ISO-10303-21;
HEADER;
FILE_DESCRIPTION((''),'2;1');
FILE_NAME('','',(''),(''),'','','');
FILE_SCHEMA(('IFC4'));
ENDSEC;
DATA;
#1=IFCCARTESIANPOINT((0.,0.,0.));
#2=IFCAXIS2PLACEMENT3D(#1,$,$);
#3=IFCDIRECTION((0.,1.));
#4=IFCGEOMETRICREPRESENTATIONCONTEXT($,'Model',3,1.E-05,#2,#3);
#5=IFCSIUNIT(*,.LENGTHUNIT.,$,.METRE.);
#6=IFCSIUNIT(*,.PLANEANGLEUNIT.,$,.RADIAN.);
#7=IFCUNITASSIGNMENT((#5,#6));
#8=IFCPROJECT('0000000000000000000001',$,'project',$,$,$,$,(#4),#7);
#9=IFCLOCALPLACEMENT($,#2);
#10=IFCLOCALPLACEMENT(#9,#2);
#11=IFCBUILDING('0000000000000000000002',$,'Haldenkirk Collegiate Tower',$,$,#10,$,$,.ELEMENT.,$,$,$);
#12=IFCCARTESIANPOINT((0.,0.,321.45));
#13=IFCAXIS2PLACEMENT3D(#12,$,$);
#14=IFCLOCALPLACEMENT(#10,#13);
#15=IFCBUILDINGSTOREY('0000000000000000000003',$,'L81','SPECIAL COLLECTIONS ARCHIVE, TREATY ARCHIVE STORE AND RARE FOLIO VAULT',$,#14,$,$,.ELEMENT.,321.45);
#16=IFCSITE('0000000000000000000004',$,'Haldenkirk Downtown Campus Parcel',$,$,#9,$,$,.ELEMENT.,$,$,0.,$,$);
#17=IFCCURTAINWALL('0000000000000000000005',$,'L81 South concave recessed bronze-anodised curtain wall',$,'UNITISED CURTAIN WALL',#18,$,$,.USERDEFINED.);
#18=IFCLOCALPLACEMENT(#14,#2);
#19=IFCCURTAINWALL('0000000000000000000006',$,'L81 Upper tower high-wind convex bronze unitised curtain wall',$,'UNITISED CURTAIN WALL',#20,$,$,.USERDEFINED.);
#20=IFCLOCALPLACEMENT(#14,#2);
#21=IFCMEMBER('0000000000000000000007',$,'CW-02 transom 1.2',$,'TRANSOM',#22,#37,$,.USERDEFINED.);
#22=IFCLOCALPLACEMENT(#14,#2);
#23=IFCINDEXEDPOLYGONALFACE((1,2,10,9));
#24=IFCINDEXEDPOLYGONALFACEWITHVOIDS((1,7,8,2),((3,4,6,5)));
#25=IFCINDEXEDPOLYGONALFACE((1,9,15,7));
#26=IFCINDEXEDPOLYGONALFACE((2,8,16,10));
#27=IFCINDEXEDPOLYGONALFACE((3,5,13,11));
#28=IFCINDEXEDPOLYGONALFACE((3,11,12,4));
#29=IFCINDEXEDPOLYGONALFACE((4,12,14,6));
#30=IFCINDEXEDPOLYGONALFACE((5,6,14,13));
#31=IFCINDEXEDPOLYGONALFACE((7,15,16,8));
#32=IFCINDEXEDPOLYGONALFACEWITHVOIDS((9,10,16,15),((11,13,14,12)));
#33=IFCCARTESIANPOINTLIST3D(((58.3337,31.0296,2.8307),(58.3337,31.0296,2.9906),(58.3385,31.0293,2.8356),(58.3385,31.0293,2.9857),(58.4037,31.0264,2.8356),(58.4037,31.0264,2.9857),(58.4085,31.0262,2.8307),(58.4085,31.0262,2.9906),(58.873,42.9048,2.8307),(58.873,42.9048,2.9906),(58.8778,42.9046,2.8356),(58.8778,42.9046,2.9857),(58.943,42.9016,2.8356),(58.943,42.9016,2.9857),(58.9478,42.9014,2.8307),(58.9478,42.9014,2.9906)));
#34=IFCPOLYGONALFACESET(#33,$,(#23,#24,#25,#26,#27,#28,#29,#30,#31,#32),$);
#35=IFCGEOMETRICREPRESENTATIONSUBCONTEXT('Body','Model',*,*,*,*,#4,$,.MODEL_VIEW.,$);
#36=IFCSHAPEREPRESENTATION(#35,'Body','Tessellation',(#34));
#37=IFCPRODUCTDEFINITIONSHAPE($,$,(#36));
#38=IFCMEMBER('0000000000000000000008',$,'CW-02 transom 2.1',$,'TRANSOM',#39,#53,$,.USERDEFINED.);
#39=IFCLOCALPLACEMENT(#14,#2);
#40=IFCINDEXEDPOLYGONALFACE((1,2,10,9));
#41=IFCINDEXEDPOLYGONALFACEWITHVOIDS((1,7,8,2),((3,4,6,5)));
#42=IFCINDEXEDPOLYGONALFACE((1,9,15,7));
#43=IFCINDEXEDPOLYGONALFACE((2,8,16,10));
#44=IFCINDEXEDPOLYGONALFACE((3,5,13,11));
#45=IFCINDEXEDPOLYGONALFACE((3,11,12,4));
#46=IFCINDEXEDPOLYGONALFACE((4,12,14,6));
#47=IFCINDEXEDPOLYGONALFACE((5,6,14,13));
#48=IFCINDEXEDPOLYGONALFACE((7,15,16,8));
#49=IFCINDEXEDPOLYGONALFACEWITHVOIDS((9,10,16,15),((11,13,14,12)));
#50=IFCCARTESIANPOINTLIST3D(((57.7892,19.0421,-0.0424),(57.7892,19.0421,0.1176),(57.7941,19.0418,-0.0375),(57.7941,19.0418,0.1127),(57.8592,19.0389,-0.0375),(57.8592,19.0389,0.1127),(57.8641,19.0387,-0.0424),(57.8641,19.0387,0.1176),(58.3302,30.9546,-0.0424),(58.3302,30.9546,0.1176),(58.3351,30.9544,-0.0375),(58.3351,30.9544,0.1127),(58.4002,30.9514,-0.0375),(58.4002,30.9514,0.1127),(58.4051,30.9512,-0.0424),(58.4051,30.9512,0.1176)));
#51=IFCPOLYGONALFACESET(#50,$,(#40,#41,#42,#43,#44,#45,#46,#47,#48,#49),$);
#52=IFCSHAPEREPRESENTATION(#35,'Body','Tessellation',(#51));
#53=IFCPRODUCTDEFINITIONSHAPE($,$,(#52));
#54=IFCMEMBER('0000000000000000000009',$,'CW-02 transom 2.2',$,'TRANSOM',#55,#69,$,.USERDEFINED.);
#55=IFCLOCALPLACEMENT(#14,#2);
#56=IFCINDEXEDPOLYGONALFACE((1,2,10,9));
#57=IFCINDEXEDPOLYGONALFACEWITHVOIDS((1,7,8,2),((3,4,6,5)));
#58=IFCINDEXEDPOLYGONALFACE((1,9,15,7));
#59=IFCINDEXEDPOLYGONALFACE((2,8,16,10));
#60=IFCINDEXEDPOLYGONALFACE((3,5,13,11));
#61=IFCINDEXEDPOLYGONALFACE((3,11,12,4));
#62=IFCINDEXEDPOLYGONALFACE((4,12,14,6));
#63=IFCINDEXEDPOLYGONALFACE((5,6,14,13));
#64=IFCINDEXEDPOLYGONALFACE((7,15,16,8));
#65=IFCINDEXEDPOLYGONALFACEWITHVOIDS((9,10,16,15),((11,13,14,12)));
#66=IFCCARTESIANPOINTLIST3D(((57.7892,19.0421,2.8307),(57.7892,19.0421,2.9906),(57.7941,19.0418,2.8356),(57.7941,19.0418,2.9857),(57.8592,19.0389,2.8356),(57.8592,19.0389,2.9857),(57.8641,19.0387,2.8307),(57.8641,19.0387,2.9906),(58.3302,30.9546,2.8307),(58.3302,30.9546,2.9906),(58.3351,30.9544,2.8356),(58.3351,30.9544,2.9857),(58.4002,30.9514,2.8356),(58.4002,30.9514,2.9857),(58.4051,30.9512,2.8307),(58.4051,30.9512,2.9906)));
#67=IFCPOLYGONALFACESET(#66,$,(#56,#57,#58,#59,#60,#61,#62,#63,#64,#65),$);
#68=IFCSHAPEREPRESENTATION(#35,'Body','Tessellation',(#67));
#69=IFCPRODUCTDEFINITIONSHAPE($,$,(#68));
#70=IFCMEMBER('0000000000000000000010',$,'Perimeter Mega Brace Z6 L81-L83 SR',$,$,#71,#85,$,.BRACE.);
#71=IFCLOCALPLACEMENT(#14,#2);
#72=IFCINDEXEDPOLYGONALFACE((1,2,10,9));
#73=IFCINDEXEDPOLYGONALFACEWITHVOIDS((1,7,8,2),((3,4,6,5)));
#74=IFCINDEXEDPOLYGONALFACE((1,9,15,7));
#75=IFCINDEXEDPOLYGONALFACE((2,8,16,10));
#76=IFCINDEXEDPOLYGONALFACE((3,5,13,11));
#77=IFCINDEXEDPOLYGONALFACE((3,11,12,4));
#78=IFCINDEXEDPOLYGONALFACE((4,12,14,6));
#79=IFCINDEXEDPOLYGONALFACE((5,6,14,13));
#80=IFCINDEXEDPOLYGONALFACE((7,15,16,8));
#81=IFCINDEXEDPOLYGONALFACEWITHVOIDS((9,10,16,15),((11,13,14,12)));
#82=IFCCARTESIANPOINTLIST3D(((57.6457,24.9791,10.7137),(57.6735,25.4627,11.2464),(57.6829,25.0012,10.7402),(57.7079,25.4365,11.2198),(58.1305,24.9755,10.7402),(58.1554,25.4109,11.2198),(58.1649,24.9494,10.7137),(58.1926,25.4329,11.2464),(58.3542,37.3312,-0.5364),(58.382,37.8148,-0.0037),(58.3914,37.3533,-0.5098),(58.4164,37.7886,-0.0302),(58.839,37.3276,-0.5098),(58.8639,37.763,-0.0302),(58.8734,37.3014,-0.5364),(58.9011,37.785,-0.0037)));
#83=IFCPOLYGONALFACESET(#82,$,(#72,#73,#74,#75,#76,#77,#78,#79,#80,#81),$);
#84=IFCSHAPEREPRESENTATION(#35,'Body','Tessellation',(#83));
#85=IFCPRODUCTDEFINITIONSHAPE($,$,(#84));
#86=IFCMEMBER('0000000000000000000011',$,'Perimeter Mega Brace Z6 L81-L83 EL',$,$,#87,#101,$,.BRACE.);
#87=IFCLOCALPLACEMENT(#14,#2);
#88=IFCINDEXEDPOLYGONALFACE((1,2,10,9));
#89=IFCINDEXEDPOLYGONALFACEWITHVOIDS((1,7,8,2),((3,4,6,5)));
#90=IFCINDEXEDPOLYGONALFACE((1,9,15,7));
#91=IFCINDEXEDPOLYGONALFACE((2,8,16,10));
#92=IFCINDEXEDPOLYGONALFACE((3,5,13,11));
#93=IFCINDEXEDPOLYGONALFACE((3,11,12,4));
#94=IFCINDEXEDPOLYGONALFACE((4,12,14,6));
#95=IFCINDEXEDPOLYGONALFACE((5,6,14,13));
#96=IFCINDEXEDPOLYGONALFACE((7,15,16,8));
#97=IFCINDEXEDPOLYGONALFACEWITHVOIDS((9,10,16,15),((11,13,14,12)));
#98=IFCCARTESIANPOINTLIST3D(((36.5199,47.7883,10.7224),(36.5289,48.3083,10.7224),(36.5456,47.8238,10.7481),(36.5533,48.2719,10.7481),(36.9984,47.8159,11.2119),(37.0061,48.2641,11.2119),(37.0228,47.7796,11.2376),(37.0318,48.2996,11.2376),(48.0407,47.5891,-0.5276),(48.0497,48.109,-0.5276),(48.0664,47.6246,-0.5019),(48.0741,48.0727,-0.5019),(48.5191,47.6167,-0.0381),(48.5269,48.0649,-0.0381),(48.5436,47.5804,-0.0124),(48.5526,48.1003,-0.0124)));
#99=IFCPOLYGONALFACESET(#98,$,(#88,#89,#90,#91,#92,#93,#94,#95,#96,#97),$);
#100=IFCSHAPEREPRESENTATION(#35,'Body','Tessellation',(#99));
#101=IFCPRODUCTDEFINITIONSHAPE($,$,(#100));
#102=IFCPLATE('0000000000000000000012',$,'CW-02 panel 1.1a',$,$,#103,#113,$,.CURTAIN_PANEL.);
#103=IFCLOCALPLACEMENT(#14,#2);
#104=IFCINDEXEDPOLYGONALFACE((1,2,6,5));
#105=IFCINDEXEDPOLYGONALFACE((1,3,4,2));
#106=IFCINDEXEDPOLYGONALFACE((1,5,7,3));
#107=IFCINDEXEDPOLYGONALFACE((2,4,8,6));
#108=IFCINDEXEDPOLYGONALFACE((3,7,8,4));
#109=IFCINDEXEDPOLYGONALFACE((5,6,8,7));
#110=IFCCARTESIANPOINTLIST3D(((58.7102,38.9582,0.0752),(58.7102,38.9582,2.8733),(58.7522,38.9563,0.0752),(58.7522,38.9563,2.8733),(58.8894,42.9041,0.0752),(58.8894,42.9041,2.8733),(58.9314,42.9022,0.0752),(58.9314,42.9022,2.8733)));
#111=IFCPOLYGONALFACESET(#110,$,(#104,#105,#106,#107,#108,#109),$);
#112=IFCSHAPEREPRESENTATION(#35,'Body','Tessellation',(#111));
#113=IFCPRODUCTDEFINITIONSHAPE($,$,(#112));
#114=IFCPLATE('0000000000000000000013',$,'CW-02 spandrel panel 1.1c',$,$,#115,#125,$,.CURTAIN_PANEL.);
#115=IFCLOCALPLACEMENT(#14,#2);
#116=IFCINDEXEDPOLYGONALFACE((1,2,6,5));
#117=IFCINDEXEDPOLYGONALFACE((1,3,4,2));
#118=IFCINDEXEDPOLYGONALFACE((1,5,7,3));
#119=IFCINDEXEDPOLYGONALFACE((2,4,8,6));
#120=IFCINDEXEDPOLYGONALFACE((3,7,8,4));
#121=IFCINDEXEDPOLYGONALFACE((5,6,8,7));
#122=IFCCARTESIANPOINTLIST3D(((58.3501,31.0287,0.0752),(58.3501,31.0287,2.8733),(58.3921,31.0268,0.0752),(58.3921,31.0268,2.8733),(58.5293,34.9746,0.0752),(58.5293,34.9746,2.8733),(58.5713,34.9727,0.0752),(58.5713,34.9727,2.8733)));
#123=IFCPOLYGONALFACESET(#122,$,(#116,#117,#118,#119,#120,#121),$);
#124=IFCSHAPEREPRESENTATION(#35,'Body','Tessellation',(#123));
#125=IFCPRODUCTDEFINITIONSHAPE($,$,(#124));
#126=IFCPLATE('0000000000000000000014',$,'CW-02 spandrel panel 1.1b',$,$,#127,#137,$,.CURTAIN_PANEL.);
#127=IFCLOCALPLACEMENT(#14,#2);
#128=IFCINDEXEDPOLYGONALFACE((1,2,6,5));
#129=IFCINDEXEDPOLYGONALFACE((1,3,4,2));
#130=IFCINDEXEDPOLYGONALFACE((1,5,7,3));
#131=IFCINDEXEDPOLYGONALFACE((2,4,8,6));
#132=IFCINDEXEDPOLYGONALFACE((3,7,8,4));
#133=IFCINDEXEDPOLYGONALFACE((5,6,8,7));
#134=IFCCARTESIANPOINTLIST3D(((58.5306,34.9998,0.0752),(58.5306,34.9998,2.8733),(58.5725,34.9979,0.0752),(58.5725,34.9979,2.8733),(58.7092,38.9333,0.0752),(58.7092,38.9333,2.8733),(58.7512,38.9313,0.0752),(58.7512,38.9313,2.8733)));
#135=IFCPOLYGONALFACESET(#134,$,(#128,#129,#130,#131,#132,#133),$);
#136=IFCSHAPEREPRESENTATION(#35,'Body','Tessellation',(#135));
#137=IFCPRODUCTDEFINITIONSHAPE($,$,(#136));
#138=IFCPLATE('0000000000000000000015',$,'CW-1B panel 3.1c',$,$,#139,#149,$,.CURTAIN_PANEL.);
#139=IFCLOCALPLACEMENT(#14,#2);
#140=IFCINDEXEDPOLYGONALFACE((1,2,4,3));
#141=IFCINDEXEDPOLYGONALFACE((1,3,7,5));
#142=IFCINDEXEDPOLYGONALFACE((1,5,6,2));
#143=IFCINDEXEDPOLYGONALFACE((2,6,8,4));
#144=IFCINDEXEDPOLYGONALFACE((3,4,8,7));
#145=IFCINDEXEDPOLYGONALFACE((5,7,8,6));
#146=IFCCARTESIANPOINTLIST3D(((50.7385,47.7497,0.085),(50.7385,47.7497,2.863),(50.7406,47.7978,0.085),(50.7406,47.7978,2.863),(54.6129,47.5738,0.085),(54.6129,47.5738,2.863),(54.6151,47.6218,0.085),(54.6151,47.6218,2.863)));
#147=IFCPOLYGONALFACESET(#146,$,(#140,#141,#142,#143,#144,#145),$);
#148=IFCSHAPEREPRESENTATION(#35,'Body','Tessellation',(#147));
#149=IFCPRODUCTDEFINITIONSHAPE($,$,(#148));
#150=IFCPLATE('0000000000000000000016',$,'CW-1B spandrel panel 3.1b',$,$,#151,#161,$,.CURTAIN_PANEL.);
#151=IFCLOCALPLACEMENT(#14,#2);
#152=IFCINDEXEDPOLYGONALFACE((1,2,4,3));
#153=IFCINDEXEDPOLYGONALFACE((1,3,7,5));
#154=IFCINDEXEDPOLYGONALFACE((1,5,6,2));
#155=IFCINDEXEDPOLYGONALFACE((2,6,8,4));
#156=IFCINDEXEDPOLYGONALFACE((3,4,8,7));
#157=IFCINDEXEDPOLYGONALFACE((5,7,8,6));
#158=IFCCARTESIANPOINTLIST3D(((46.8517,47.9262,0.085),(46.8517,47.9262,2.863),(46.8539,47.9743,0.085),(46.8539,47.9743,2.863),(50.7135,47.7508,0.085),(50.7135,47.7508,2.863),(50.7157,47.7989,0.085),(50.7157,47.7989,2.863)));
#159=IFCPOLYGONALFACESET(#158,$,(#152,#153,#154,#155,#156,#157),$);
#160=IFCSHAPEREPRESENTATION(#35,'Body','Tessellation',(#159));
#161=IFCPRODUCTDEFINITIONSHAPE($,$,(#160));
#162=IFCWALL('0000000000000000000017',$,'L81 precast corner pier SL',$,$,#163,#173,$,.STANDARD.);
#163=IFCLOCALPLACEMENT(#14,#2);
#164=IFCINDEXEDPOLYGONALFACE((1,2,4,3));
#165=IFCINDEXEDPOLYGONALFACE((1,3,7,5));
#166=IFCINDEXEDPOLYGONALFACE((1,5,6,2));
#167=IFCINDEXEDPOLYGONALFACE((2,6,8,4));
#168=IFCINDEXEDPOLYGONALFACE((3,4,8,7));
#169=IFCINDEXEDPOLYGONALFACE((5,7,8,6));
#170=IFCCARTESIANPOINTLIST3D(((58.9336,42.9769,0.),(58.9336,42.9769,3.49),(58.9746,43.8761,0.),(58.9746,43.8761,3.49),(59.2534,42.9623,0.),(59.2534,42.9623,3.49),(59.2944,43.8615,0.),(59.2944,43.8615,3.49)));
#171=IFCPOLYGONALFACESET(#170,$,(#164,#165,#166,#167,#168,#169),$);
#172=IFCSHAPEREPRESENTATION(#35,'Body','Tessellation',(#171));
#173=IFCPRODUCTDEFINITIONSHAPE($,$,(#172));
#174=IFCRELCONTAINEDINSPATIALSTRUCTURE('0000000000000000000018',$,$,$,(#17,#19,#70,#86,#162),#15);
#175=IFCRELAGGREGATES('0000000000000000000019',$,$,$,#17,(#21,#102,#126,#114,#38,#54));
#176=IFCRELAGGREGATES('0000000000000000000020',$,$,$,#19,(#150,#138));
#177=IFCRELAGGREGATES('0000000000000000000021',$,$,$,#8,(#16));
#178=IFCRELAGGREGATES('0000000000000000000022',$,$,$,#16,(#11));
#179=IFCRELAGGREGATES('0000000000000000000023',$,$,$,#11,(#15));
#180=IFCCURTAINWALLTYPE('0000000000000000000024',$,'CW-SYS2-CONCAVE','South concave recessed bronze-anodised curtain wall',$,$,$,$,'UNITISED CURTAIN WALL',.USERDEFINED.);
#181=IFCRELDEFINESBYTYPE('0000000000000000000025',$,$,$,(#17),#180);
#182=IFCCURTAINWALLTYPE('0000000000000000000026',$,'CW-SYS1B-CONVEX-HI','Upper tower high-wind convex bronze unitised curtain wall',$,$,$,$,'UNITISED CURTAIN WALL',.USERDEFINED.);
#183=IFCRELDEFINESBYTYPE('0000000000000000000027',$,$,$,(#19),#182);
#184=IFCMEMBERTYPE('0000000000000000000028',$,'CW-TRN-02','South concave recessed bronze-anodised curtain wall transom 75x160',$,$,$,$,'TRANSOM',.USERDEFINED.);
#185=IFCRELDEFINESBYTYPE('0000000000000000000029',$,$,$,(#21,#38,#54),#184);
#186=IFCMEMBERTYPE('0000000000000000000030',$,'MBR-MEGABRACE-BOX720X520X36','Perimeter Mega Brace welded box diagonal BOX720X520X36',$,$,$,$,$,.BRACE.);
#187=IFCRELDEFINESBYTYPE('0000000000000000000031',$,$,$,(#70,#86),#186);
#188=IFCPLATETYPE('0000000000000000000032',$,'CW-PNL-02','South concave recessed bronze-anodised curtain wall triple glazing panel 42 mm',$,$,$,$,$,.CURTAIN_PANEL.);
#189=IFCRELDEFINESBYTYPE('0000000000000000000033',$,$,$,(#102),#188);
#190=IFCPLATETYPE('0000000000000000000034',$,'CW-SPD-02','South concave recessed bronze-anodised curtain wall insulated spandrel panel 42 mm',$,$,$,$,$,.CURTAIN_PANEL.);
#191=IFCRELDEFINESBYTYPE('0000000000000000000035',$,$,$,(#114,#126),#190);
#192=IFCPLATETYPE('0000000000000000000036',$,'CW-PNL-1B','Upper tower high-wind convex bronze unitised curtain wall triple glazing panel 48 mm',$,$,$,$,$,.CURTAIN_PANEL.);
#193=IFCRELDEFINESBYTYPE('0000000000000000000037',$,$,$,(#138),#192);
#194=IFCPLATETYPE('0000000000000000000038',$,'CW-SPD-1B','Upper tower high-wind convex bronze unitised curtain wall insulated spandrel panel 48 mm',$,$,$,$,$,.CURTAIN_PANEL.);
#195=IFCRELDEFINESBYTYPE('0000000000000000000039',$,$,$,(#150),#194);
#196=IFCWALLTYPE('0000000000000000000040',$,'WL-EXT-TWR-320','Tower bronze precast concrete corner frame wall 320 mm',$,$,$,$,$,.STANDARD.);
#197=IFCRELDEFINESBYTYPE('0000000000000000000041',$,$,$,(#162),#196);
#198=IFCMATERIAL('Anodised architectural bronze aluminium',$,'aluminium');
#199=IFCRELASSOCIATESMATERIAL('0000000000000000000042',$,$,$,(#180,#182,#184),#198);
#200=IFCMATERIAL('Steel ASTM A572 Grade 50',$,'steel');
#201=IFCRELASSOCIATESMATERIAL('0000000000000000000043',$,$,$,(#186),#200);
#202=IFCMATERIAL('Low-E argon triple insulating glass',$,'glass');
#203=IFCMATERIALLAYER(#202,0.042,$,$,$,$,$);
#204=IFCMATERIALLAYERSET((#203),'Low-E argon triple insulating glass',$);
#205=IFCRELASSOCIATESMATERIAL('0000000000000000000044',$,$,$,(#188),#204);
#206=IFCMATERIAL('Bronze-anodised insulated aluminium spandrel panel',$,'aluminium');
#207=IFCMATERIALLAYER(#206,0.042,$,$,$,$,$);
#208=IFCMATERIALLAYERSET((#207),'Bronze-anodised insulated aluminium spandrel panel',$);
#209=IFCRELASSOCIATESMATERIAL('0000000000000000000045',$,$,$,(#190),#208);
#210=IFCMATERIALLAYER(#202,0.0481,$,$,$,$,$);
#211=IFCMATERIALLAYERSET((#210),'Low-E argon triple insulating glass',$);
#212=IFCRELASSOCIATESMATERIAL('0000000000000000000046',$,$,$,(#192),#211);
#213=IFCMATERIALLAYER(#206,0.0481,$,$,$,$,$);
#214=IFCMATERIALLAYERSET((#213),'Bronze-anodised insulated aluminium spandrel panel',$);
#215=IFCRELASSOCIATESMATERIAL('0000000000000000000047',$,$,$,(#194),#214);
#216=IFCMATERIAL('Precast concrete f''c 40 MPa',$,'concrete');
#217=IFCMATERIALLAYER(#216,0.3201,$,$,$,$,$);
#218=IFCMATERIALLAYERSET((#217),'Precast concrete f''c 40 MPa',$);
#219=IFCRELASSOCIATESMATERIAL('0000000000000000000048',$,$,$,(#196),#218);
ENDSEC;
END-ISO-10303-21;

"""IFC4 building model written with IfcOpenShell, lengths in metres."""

from ifc_helpers import new_model, si_unit, direction, frame, frame_2d, origin, origin_2d, place, context, subcontext, project, spatial, rectangle, hollow_rectangle, extrude, source, transform, mapped, material, layer, layer_set, material_profile, profile_set, type_object, element, aggregate, save


model = new_model("IFC4")

# Units and contexts
model_context = context("Model", 3, precision=1e-05, world=origin(), true_north=direction((0.0, 1.0)))
body_context = subcontext(model_context, "Body", "Model", "MODEL_VIEW")
ifc_project = project(units=[si_unit("LENGTHUNIT", "METRE"), si_unit("PLANEANGLEUNIT", "RADIAN")], contexts=[model_context])

# Site, building, storey
site_placement = place(None, origin())
site = spatial("IfcSite", under=ifc_project, at=site_placement, Name="Haldenkirk Downtown Campus Parcel", CompositionType="ELEMENT", RefElevation=0.0)
building_placement = place(site_placement, origin())
building = spatial("IfcBuilding", under=site, at=building_placement, Name="Haldenkirk Collegiate Tower", CompositionType="ELEMENT")
storey_placement = place(building_placement, frame((0.0, 0.0, 321.45)))
storey = spatial("IfcBuildingStorey", under=building, at=storey_placement, Name="L81", Description="SPECIAL COLLECTIONS ARCHIVE, TREATY ARCHIVE STORE AND RARE FOLIO VAULT", CompositionType="ELEMENT", Elevation=321.45)

# Shared definitions
ifc_material_1 = material(Name="Steel ASTM A572 Grade 50", Category="steel")

# Curtain wall
ifc_material_2 = material(Name="Anodised architectural bronze aluminium", Category="aluminium")
curtain_wall_type_1 = type_object("IfcCurtainWallType", Name="CW-SYS2-CONCAVE", Description="South concave recessed bronze-anodised curtain wall", ElementType="UNITISED CURTAIN WALL", PredefinedType="USERDEFINED", material=ifc_material_2)
curtain_wall_1_placement = place(storey_placement, origin())
curtain_wall_1 = element("IfcCurtainWall", 1, at=curtain_wall_1_placement, inside=storey, type_object=curtain_wall_type_1, Name="L81 South concave recessed bronze-anodised curtain wall", ObjectType="UNITISED CURTAIN WALL", PredefinedType="USERDEFINED")

# Curtain wall
curtain_wall_type_2 = type_object("IfcCurtainWallType", Name="CW-SYS1B-CONVEX-HI", Description="Upper tower high-wind convex bronze unitised curtain wall", ElementType="UNITISED CURTAIN WALL", PredefinedType="USERDEFINED", material=ifc_material_2)
curtain_wall_2_placement = place(storey_placement, origin())
curtain_wall_2 = element("IfcCurtainWall", 2, at=curtain_wall_2_placement, inside=storey, type_object=curtain_wall_type_2, Name="L81 Upper tower high-wind convex bronze unitised curtain wall", ObjectType="UNITISED CURTAIN WALL", PredefinedType="USERDEFINED")

# Members
ifc_material_profile_1 = material_profile(ifc_material_2, hollow_rectangle(XDim=0.075, YDim=0.1599, WallThickness=0.0049, at=origin_2d()), Name="CW-TRN-02")
ifc_profile_set_1 = profile_set([ifc_material_profile_1], Name="Anodised architectural bronze aluminium")
member_type_1 = type_object("IfcMemberType", Name="CW-TRN-02", Description="South concave recessed bronze-anodised curtain wall transom 75x160", ElementType="TRANSOM", PredefinedType="USERDEFINED", material=ifc_profile_set_1)
member_1_placement = place(storey_placement, frame((58.9104, 42.9031, 2.9106), z_axis=(-0.045368, -0.99897, 0.0), x_axis=(0.99897, -0.045368, 0.0)))
member_1 = element("IfcMember", 3, at=member_1_placement, type_object=member_type_1, Name="CW-02 transom 1.2", ObjectType="TRANSOM", PredefinedType="USERDEFINED", context=body_context, shape_type="SweptSolid", body=[
    extrude(hollow_rectangle(XDim=0.075, YDim=0.1599, WallThickness=0.0049, at=origin_2d()), origin(), (0.0, 0.0, 1.0), 11.8875),
])
member_2_placement = place(storey_placement, frame((58.3677, 30.9529, 0.0376), z_axis=(-0.045369, -0.99897, 0.0), x_axis=(0.99897, -0.045369, 0.0)))
member_2 = element("IfcMember", 4, at=member_2_placement, type_object=member_type_1, Name="CW-02 transom 2.1", ObjectType="TRANSOM", PredefinedType="USERDEFINED", context=body_context, shape_type="SweptSolid", body=[
    extrude(hollow_rectangle(XDim=0.075, YDim=0.1599, WallThickness=0.0049, at=origin_2d()), origin(), (0.0, 0.0, 1.0), 11.9248),
])
member_3_placement = place(storey_placement, frame((58.3677, 30.9529, 2.9106), z_axis=(-0.045369, -0.99897, 0.0), x_axis=(0.99897, -0.045369, 0.0)))
member_3 = element("IfcMember", 5, at=member_3_placement, type_object=member_type_1, Name="CW-02 transom 2.2", ObjectType="TRANSOM", PredefinedType="USERDEFINED", context=body_context, shape_type="SweptSolid", body=[
    extrude(hollow_rectangle(XDim=0.075, YDim=0.1599, WallThickness=0.0049, at=origin_2d()), origin(), (0.0, 0.0, 1.0), 11.9248),
])

# Members
ifc_material_profile_2 = material_profile(ifc_material_1, hollow_rectangle(XDim=0.52, YDim=0.72, WallThickness=0.0359, at=origin_2d()), Name="BOX720X520X36")
ifc_profile_set_2 = profile_set([ifc_material_profile_2], Name="Steel ASTM A572 Grade 50")
member_type_2 = type_object("IfcMemberType", Name="MBR-MEGABRACE-BOX720X520X36", Description="Perimeter Mega Brace welded box diagonal BOX720X520X36", PredefinedType="BRACE", material=ifc_profile_set_2)
member_4_placement = place(storey_placement, frame((58.6277, 37.5581, -0.27), z_axis=(-0.042368, -0.738654, 0.672752), x_axis=(0.998359, -0.057264, 0.0)))
element("IfcMember", 6, at=member_4_placement, inside=storey, type_object=member_type_2, Name="Perimeter Mega Brace Z6 L81-L83 SR", PredefinedType="BRACE", context=body_context, shape_type="SweptSolid", body=[
    extrude(hollow_rectangle(XDim=0.52, YDim=0.72, WallThickness=0.0359, at=origin_2d()), origin(), (0.0, 0.0, 1.0), 16.7224),
])
member_5_placement = place(storey_placement, frame((48.2966, 47.8447, -0.27), z_axis=(-0.715409, 0.012371, 0.698596), x_axis=(-0.01729, -0.999851, 0.0)))
element("IfcMember", 7, at=member_5_placement, inside=storey, type_object=member_type_2, Name="Perimeter Mega Brace Z6 L81-L83 EL", PredefinedType="BRACE", context=body_context, shape_type="SweptSolid", body=[
    extrude(hollow_rectangle(XDim=0.52, YDim=0.72, WallThickness=0.0359, at=origin_2d()), origin(), (0.0, 0.0, 1.0), 16.1038),
])

# Plates
ifc_material_3 = material(Name="Low-E argon triple insulating glass", Category="glass")
ifc_layer_1 = layer(ifc_material_3, 0.042)
ifc_layer_set_1 = layer_set([ifc_layer_1], Name="Low-E argon triple insulating glass")
plate_type_1 = type_object("IfcPlateType", Name="CW-PNL-02", Description="South concave recessed bronze-anodised curtain wall triple glazing panel 42 mm", PredefinedType="CURTAIN_PANEL", material=ifc_layer_set_1)
shared_shape_1 = source(origin(), body_context, "Body", "SweptSolid", [
    extrude(rectangle(XDim=3.95, YDim=0.042, at=origin_2d()), origin(), (0.0, 0.0, 1.0), 2.7981),
])
plate_1_placement = place(storey_placement, frame((58.8208, 40.9302, 0.0752), z_axis=(0.0, 0.0, 1.0), x_axis=(-0.045364, -0.998971, 0.0)))
plate_1 = element("IfcPlate", 8, at=plate_1_placement, type_object=plate_type_1, Name="CW-02 panel 1.1a", PredefinedType="CURTAIN_PANEL", context=body_context, shape_type="MappedRepresentation", body=[
    mapped(shared_shape_1, transform((0.0, 0.0, 0.0), x_axis=(1.0, 0.0, 0.0), y_axis=(0.0, 1.0, 0.0), z_axis=(0.0, 0.0, 1.0), scale=1.0)),
])
ifc_material_4 = material(Name="Bronze-anodised insulated aluminium spandrel panel", Category="aluminium")
ifc_layer_2 = layer(ifc_material_4, 0.042)
ifc_layer_set_2 = layer_set([ifc_layer_2], Name="Bronze-anodised insulated aluminium spandrel panel")
plate_type_2 = type_object("IfcPlateType", Name="CW-SPD-02", Description="South concave recessed bronze-anodised curtain wall insulated spandrel panel 42 mm", PredefinedType="CURTAIN_PANEL", material=ifc_layer_set_2)
plate_2_placement = place(storey_placement, frame((58.4607, 33.0007, 0.0752), z_axis=(0.0, 0.0, 1.0), x_axis=(-0.045364, -0.998971, 0.0)))
plate_2 = element("IfcPlate", 9, at=plate_2_placement, type_object=plate_type_2, Name="CW-02 spandrel panel 1.1c", PredefinedType="CURTAIN_PANEL", context=body_context, shape_type="MappedRepresentation", body=[
    mapped(shared_shape_1, transform((0.0, 0.0, 0.0), x_axis=(1.0, 0.0, 0.0), y_axis=(0.0, 1.0, 0.0), z_axis=(0.0, 0.0, 1.0), scale=1.0)),
])
shared_shape_2 = source(origin(), body_context, "Body", "SweptSolid", [
    extrude(rectangle(XDim=3.9375, YDim=0.042, at=origin_2d()), origin(), (0.0, 0.0, 1.0), 2.7981),
])
plate_3_placement = place(storey_placement, frame((58.6409, 36.9656, 0.0752), z_axis=(0.0, 0.0, 1.0), x_axis=(-0.045364, -0.998971, 0.0)))
plate_3 = element("IfcPlate", 10, at=plate_3_placement, type_object=plate_type_2, Name="CW-02 spandrel panel 1.1b", PredefinedType="CURTAIN_PANEL", context=body_context, shape_type="MappedRepresentation", body=[
    mapped(shared_shape_2, transform((0.0, 0.0, 0.0), x_axis=(1.0, 0.0, 0.0), y_axis=(0.0, 1.0, 0.0), z_axis=(0.0, 0.0, 1.0), scale=1.0)),
])
aggregate(curtain_wall_1, [member_1, plate_1, plate_3, plate_2, member_2, member_3])
ifc_layer_3 = layer(ifc_material_3, 0.0481)
ifc_layer_set_3 = layer_set([ifc_layer_3], Name="Low-E argon triple insulating glass")
plate_type_3 = type_object("IfcPlateType", Name="CW-PNL-1B", Description="Upper tower high-wind convex bronze unitised curtain wall triple glazing panel 48 mm", PredefinedType="CURTAIN_PANEL", material=ifc_layer_set_3)
shared_shape_3 = source(origin(), body_context, "Body", "SweptSolid", [
    extrude(rectangle(XDim=3.8784, YDim=0.0481, at=origin_2d()), origin(), (0.0, 0.0, 1.0), 2.7781),
])
plate_4_placement = place(storey_placement, frame((52.6768, 47.6858, 0.085), z_axis=(0.0, 0.0, 1.0), x_axis=(0.998971, -0.045364, 0.0)))
plate_4 = element("IfcPlate", 11, at=plate_4_placement, type_object=plate_type_3, Name="CW-1B panel 3.1c", PredefinedType="CURTAIN_PANEL", context=body_context, shape_type="MappedRepresentation", body=[
    mapped(shared_shape_3, transform((0.0, 0.0, 0.0), x_axis=(1.0, 0.0, 0.0), y_axis=(0.0, 1.0, 0.0), z_axis=(0.0, 0.0, 1.0), scale=1.0)),
])
ifc_layer_4 = layer(ifc_material_4, 0.0481)
ifc_layer_set_4 = layer_set([ifc_layer_4], Name="Bronze-anodised insulated aluminium spandrel panel")
plate_type_4 = type_object("IfcPlateType", Name="CW-SPD-1B", Description="Upper tower high-wind convex bronze unitised curtain wall insulated spandrel panel 48 mm", PredefinedType="CURTAIN_PANEL", material=ifc_layer_set_4)
shared_shape_4 = source(origin(), body_context, "Body", "SweptSolid", [
    extrude(rectangle(XDim=3.8657, YDim=0.0481, at=origin_2d()), origin(), (0.0, 0.0, 1.0), 2.7781),
])
plate_5_placement = place(storey_placement, frame((48.7837, 47.8625, 0.085), z_axis=(0.0, 0.0, 1.0), x_axis=(0.998971, -0.045364, 0.0)))
plate_5 = element("IfcPlate", 12, at=plate_5_placement, type_object=plate_type_4, Name="CW-1B spandrel panel 3.1b", PredefinedType="CURTAIN_PANEL", context=body_context, shape_type="MappedRepresentation", body=[
    mapped(shared_shape_4, transform((0.0, 0.0, 0.0), x_axis=(1.0, 0.0, 0.0), y_axis=(0.0, 1.0, 0.0), z_axis=(0.0, 0.0, 1.0), scale=1.0)),
])
aggregate(curtain_wall_2, [plate_5, plate_4])

# Wall
ifc_material_5 = material(Name="Precast concrete f'c 40 MPa", Category="concrete")
ifc_layer_5 = layer(ifc_material_5, 0.3201)
ifc_layer_set_5 = layer_set([ifc_layer_5], Name="Precast concrete f'c 40 MPa")
wall_type_1 = type_object("IfcWallType", Name="WL-EXT-TWR-320", Description="Tower bronze precast concrete corner frame wall 320 mm", PredefinedType="STANDARD", material=ifc_layer_set_5)
wall_1_placement = place(storey_placement, frame((59.1345, 43.8689, 0.0), z_axis=(0.0, 0.0, 1.0), x_axis=(-0.045568, -0.998961, 0.0)))
element("IfcWall", 13, at=wall_1_placement, inside=storey, type_object=wall_type_1, Name="L81 precast corner pier SL", PredefinedType="STANDARD", context=body_context, shape_type="SweptSolid", body=[
    extrude(rectangle(XDim=0.9001, YDim=0.3201, at=frame_2d((0.4502, 0.0))), origin(), (0.0, 0.0, 1.0), 3.49),
])

save(model, "model.ifc")
